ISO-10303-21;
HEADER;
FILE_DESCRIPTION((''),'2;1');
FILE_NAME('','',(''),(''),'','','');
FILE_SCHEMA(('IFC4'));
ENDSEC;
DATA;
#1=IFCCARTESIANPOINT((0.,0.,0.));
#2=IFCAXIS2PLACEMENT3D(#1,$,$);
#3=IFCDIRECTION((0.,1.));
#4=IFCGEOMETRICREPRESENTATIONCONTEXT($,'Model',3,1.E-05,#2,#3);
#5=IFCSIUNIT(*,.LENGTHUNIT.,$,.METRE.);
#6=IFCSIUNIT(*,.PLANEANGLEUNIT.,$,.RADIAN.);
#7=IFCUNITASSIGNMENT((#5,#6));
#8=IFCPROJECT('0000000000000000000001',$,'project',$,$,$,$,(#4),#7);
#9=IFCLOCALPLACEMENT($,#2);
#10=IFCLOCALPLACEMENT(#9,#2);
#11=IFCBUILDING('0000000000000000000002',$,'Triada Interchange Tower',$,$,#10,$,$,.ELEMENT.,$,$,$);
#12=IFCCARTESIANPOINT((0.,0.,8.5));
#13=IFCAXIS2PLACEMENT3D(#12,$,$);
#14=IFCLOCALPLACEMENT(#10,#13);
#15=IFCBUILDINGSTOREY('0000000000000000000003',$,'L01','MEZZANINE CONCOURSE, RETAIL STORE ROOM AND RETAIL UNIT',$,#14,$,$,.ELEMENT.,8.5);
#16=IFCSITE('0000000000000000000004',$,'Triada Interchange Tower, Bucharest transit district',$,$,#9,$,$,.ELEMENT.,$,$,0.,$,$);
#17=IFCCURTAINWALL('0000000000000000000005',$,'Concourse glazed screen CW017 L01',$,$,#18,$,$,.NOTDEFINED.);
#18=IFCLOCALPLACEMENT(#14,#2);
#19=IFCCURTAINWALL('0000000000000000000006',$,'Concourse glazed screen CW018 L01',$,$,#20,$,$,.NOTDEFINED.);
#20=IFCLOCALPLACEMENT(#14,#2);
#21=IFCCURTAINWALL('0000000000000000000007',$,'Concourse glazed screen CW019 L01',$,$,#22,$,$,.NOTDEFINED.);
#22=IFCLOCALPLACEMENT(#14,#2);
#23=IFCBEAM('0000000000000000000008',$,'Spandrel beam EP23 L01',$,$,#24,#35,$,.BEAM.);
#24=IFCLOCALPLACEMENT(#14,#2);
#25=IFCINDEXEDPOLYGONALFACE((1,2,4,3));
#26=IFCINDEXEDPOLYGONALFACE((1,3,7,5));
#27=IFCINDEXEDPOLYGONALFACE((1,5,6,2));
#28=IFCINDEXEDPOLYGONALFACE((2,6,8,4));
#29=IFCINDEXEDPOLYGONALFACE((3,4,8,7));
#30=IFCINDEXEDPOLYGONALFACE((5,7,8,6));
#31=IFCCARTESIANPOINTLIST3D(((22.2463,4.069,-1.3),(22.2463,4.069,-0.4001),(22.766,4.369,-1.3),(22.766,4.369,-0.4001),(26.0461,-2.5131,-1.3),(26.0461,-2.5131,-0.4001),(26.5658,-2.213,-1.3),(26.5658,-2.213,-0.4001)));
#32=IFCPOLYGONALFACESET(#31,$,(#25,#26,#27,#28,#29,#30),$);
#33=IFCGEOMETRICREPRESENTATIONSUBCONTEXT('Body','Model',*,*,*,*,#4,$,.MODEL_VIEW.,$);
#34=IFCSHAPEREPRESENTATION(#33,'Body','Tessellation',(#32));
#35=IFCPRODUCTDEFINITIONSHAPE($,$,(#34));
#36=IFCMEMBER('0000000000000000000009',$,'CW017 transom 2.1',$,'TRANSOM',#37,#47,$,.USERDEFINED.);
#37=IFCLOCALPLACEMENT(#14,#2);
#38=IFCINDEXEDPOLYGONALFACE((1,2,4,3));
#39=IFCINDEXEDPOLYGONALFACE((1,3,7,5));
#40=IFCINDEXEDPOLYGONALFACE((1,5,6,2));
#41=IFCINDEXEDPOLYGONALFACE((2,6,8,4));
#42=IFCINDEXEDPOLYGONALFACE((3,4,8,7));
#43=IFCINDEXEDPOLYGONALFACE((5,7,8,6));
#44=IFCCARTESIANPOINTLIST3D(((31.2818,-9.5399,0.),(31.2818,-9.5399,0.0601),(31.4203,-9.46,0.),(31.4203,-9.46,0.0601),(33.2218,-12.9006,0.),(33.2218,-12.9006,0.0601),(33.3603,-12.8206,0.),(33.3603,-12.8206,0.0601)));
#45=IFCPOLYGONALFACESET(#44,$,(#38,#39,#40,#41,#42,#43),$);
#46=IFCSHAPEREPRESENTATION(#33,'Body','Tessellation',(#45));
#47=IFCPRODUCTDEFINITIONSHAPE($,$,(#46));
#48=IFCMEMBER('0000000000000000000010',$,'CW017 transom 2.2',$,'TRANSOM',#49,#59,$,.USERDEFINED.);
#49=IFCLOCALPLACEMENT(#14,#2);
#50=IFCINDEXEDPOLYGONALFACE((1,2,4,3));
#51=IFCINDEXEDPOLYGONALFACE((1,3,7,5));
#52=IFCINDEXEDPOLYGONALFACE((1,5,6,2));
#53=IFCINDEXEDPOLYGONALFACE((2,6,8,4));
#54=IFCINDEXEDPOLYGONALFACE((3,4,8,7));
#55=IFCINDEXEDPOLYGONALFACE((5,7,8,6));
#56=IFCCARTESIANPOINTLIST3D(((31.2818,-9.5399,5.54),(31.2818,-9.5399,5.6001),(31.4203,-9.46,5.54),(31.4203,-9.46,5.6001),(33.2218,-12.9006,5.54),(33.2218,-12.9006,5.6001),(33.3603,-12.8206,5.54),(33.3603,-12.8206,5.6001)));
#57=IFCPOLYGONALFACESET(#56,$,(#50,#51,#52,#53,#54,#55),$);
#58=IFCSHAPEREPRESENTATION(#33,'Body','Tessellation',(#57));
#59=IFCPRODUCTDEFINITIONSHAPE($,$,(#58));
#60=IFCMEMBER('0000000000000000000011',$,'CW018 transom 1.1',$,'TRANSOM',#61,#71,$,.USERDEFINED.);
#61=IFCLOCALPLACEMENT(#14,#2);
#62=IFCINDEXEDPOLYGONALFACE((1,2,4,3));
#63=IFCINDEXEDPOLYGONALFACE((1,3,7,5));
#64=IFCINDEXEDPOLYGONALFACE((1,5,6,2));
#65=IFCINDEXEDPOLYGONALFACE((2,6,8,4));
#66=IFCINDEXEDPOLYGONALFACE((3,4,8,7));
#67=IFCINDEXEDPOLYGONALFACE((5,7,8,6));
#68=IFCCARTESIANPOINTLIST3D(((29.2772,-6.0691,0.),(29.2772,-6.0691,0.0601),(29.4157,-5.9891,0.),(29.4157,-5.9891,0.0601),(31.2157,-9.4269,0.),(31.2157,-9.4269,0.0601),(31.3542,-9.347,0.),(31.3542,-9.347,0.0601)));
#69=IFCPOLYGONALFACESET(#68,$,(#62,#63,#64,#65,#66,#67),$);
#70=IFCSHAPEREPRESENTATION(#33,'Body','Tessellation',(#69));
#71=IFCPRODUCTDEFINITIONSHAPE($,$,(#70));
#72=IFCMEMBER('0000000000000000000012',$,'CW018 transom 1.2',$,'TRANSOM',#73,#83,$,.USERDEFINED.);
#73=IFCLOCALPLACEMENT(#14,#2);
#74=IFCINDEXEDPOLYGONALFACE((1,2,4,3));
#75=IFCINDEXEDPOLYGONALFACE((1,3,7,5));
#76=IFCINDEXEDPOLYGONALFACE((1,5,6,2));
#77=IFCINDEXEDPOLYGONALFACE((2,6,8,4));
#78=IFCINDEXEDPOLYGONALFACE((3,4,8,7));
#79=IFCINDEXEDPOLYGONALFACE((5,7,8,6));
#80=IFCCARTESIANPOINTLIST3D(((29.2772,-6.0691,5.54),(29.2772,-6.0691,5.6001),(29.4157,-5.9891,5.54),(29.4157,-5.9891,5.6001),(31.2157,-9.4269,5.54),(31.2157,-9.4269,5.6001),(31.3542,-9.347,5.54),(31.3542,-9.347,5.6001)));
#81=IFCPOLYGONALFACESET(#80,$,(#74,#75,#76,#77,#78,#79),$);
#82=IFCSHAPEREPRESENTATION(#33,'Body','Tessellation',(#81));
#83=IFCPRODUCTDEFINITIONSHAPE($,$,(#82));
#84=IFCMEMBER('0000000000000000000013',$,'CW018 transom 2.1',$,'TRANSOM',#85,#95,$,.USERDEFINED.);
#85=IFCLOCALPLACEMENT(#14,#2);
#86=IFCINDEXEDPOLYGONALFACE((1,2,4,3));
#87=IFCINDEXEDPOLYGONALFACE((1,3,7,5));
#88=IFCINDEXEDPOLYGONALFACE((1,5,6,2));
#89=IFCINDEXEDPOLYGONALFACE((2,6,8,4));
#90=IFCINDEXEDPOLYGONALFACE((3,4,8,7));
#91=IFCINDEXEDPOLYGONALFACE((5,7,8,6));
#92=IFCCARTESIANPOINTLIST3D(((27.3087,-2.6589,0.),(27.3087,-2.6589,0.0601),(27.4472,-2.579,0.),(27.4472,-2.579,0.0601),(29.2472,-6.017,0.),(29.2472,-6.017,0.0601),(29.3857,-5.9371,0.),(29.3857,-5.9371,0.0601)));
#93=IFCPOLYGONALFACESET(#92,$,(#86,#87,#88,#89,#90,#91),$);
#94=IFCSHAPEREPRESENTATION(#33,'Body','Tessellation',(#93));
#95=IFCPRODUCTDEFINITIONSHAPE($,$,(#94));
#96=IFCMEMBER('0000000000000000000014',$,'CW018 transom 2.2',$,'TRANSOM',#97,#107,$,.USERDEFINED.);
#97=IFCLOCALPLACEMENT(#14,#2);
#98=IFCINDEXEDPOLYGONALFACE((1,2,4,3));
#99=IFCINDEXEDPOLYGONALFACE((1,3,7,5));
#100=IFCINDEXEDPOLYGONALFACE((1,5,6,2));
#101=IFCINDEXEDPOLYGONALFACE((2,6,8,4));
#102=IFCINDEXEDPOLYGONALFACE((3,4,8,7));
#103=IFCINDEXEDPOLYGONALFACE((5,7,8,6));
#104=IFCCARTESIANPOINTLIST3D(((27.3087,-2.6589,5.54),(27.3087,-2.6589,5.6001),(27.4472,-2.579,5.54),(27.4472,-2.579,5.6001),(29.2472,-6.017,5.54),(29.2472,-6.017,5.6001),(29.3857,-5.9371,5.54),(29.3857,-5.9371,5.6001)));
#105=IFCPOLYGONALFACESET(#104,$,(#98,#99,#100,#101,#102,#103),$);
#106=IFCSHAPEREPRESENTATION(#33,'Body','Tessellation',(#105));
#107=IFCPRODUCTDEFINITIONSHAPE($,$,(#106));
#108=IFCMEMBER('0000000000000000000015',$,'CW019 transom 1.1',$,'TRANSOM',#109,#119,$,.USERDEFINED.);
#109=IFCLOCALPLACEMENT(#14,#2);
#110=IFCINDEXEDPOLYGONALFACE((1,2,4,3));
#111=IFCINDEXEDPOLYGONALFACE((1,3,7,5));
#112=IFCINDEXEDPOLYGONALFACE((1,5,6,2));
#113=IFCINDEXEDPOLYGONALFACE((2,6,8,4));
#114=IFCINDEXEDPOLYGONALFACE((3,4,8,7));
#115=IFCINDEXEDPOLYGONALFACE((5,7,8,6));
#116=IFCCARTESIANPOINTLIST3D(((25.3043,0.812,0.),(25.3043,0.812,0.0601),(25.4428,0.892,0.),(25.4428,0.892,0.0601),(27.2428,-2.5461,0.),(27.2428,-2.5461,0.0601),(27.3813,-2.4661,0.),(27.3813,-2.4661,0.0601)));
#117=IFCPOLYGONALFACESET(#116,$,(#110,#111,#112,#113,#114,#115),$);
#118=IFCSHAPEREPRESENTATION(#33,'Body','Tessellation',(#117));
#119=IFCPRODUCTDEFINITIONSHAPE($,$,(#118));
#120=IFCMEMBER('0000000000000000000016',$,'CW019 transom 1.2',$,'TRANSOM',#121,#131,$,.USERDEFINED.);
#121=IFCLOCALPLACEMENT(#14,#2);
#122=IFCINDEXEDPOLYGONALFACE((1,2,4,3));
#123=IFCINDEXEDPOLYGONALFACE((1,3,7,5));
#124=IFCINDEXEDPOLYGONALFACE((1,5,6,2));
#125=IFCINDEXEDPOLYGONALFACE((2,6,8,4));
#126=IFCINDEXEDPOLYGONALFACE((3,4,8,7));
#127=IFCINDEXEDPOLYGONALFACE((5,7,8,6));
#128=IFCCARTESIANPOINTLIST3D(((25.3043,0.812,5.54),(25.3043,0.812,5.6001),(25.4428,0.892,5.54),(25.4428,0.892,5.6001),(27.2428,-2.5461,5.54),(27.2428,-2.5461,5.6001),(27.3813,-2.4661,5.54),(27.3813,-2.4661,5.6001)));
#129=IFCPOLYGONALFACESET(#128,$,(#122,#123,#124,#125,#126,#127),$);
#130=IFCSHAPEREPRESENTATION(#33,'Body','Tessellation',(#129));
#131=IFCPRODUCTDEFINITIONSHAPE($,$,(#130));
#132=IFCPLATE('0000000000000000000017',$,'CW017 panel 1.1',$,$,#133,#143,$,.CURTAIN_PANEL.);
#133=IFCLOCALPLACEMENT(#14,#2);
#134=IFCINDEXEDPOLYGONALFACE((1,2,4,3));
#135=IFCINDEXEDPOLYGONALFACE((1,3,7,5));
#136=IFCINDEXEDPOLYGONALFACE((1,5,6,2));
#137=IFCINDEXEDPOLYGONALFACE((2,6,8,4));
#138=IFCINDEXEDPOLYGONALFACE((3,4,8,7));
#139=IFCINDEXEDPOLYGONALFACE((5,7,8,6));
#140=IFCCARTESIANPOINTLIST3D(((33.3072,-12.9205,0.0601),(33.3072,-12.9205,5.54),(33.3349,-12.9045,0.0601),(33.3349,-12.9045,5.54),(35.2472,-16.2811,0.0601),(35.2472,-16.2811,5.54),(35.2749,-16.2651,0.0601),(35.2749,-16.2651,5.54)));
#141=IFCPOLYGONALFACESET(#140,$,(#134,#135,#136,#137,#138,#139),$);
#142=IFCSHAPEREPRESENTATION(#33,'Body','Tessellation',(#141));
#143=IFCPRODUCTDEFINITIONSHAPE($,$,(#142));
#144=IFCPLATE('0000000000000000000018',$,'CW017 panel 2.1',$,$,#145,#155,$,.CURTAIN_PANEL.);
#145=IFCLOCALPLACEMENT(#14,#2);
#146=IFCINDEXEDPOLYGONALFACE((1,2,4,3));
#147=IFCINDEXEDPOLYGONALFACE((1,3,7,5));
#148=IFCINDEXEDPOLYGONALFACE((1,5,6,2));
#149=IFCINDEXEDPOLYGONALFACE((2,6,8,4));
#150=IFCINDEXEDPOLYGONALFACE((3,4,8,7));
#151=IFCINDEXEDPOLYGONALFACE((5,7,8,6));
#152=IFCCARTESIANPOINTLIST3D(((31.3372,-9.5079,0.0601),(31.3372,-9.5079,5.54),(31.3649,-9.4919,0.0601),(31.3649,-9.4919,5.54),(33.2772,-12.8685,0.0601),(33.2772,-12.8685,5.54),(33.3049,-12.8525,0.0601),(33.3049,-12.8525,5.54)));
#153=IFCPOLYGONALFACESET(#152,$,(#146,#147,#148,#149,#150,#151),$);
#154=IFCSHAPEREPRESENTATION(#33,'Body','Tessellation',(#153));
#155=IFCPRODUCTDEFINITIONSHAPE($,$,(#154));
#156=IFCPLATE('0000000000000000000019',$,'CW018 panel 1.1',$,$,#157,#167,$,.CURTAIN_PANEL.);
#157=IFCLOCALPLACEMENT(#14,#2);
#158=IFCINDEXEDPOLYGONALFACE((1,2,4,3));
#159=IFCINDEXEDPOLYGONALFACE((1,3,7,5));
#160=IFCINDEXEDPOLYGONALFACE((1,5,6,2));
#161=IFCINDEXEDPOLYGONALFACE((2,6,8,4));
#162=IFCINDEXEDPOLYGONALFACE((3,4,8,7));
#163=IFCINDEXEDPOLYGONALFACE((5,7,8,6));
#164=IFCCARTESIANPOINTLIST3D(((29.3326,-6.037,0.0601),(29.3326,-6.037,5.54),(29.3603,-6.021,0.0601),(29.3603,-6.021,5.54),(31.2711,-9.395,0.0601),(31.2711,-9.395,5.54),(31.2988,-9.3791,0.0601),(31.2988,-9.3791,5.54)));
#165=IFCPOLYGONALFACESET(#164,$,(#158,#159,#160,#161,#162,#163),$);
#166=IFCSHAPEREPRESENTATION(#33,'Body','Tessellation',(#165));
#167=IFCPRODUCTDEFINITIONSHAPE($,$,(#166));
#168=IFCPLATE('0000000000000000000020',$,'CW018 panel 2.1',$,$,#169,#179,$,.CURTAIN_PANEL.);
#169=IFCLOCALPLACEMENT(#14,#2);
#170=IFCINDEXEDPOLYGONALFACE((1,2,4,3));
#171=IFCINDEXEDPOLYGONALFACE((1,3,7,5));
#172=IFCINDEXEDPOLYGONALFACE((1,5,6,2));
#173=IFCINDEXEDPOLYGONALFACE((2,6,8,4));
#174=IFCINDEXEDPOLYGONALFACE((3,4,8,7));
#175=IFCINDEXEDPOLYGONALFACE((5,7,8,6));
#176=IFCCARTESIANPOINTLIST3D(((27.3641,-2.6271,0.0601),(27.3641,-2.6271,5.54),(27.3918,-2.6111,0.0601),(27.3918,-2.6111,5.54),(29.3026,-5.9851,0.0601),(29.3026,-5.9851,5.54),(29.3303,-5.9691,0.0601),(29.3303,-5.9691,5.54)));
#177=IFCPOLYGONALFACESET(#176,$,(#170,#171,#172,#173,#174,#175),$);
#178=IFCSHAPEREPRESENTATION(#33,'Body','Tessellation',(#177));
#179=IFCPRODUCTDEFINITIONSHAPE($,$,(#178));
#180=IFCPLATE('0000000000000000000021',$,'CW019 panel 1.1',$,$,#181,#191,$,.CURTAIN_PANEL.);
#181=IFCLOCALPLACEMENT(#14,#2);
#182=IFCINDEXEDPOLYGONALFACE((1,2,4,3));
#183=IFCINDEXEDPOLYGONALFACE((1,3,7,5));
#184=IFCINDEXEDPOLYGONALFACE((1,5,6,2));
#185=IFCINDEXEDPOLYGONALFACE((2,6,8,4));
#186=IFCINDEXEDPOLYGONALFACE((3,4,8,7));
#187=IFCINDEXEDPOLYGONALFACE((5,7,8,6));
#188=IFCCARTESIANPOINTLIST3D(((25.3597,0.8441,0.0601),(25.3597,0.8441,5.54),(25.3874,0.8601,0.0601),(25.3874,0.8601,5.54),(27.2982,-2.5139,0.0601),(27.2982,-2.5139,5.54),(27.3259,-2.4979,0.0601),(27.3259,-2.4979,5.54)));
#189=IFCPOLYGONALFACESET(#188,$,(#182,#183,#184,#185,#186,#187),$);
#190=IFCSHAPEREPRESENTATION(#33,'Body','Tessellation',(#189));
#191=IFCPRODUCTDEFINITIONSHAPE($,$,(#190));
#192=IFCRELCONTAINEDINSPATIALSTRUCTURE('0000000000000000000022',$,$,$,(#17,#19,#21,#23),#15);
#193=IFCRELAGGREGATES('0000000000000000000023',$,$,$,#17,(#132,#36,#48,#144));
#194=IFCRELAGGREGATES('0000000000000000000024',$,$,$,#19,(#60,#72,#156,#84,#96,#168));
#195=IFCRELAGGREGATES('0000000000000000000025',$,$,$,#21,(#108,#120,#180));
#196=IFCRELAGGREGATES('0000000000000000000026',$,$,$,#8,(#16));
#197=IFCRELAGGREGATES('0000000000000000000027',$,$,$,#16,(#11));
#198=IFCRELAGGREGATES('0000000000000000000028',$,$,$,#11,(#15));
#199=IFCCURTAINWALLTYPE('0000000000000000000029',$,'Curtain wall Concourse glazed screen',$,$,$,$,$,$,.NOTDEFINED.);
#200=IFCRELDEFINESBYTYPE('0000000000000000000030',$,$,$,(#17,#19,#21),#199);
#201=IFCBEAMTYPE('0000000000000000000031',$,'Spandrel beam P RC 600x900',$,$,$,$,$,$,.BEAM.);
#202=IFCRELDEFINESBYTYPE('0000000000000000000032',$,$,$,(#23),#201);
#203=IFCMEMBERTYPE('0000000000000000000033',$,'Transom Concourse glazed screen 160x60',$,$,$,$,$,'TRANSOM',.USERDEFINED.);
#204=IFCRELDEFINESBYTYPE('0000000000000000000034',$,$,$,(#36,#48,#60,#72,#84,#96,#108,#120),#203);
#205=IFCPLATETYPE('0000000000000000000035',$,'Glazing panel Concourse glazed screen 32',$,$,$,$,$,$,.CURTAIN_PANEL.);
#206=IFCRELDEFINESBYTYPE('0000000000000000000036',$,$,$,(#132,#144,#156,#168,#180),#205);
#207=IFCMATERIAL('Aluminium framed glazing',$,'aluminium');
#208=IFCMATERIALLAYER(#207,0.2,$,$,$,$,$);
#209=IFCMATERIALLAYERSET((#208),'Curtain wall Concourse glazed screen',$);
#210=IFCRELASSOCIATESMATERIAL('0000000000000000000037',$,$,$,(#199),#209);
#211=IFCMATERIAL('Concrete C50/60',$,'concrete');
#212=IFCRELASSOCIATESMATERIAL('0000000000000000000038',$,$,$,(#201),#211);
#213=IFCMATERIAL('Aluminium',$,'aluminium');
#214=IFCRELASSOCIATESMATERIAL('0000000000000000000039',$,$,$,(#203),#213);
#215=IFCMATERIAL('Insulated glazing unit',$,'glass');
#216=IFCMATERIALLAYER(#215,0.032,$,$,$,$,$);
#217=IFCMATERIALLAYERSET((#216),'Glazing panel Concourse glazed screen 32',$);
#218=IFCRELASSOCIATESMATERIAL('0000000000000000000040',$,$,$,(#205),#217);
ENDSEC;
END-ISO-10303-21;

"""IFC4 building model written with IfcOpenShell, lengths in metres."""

from ifc_helpers import new_model, si_unit, direction, frame, origin, origin_2d, place, context, subcontext, project, spatial, rectangle, extrude, material, layer, layer_set, material_profile, profile_set, type_object, element, aggregate, save


model = new_model("IFC4")

# Units and contexts
model_context = context("Model", 3, precision=1e-05, world=origin(), true_north=direction((0.0, 1.0)))
body_context = subcontext(model_context, "Body", "Model", "MODEL_VIEW")
ifc_project = project(units=[si_unit("LENGTHUNIT", "METRE"), si_unit("PLANEANGLEUNIT", "RADIAN")], contexts=[model_context])

# Site, building, storey
site_placement = place(None, origin())
site = spatial("IfcSite", under=ifc_project, at=site_placement, Name="Triada Interchange Tower, Bucharest transit district", CompositionType="ELEMENT", RefElevation=0.0)
building_placement = place(site_placement, origin())
building = spatial("IfcBuilding", under=site, at=building_placement, Name="Triada Interchange Tower", CompositionType="ELEMENT")
storey_placement = place(building_placement, frame((0.0, 0.0, 8.5)))
storey = spatial("IfcBuildingStorey", under=building, at=storey_placement, Name="L01", Description="MEZZANINE CONCOURSE, RETAIL STORE ROOM AND RETAIL UNIT", CompositionType="ELEMENT", Elevation=8.5)

# Curtain walls
ifc_material_1 = material(Name="Aluminium framed glazing", Category="aluminium")
ifc_layer_1 = layer(ifc_material_1, 0.2)
ifc_layer_set_1 = layer_set([ifc_layer_1], Name="Curtain wall Concourse glazed screen")
curtain_wall_type = type_object("IfcCurtainWallType", Name="Curtain wall Concourse glazed screen", PredefinedType="NOTDEFINED", material=ifc_layer_set_1)
curtain_wall_1_placement = place(storey_placement, origin())
curtain_wall_1 = element("IfcCurtainWall", 1, at=curtain_wall_1_placement, inside=storey, type_object=curtain_wall_type, Name="Concourse glazed screen CW017 L01", PredefinedType="NOTDEFINED")
ifc_material_2 = material(Name="Aluminium", Category="aluminium")
curtain_wall_2_placement = place(storey_placement, origin())
curtain_wall_2 = element("IfcCurtainWall", 2, at=curtain_wall_2_placement, inside=storey, type_object=curtain_wall_type, Name="Concourse glazed screen CW018 L01", PredefinedType="NOTDEFINED")

# Curtain wall
curtain_wall_3_placement = place(storey_placement, origin())
curtain_wall_3 = element("IfcCurtainWall", 3, at=curtain_wall_3_placement, inside=storey, type_object=curtain_wall_type, Name="Concourse glazed screen CW019 L01", PredefinedType="NOTDEFINED")

# Beam
ifc_material_3 = material(Name="Concrete C50/60", Category="concrete")
ifc_material_profile_1 = material_profile(ifc_material_3, rectangle(XDim=0.6001, YDim=0.8999, at=origin_2d()), Name="RC 600x900")
ifc_profile_set_1 = profile_set([ifc_material_profile_1], Name="Concrete C50/60")
beam_type_1 = type_object("IfcBeamType", Name="Spandrel beam P RC 600x900", PredefinedType="BEAM", material=ifc_profile_set_1)
beam_1_placement = place(storey_placement, frame((26.3059, -2.363, -0.8501), z_axis=(-0.499967, 0.866044, 0.0), x_axis=(-0.866044, -0.499967, 0.0)))
element("IfcBeam", 4, at=beam_1_placement, inside=storey, type_object=beam_type_1, Name="Spandrel beam EP23 L01", PredefinedType="BEAM", context=body_context, shape_type="SweptSolid", body=[
    extrude(rectangle(XDim=0.6001, YDim=0.8999, at=origin_2d()), origin(), (0.0, 0.0, 1.0), 7.6001),
])

# Members
ifc_material_profile_2 = material_profile(ifc_material_2, rectangle(XDim=0.1599, YDim=0.0601, at=origin_2d()), Name="Aluminium transom")
ifc_profile_set_2 = profile_set([ifc_material_profile_2], Name="Aluminium")
member_type_1 = type_object("IfcMemberType", Name="Transom Concourse glazed screen 160x60", ElementType="TRANSOM", PredefinedType="USERDEFINED", material=ifc_profile_set_2)
member_1_placement = place(storey_placement, frame((33.291, -12.8606, 0.03), z_axis=(-0.499942, 0.866059, 0.0), x_axis=(-0.866059, -0.499942, 0.0)))
member_1 = element("IfcMember", 5, at=member_1_placement, type_object=member_type_1, Name="CW017 transom 2.1", ObjectType="TRANSOM", PredefinedType="USERDEFINED", context=body_context, shape_type="SweptSolid", body=[
    extrude(rectangle(XDim=0.1599, YDim=0.0601, at=origin_2d()), origin(), (0.0, 0.0, 1.0), 3.8804),
])
member_2_placement = place(storey_placement, frame((33.291, -12.8606, 5.5701), z_axis=(-0.499942, 0.866059, 0.0), x_axis=(-0.866059, -0.499942, 0.0)))
member_2 = element("IfcMember", 6, at=member_2_placement, type_object=member_type_1, Name="CW017 transom 2.2", ObjectType="TRANSOM", PredefinedType="USERDEFINED", context=body_context, shape_type="SweptSolid", body=[
    extrude(rectangle(XDim=0.1599, YDim=0.0601, at=origin_2d()), origin(), (0.0, 0.0, 1.0), 3.8804),
])
member_3_placement = place(storey_placement, frame((31.2849, -9.387, 0.03), z_axis=(-0.499959, 0.866049, 0.0), x_axis=(-0.866049, -0.499959, 0.0)))
member_3 = element("IfcMember", 7, at=member_3_placement, type_object=member_type_1, Name="CW018 transom 1.1", ObjectType="TRANSOM", PredefinedType="USERDEFINED", context=body_context, shape_type="SweptSolid", body=[
    extrude(rectangle(XDim=0.1599, YDim=0.0601, at=origin_2d()), origin(), (0.0, 0.0, 1.0), 3.8772),
])
member_4_placement = place(storey_placement, frame((31.2849, -9.387, 5.5701), z_axis=(-0.499959, 0.866049, 0.0), x_axis=(-0.866049, -0.499959, 0.0)))
member_4 = element("IfcMember", 8, at=member_4_placement, type_object=member_type_1, Name="CW018 transom 1.2", ObjectType="TRANSOM", PredefinedType="USERDEFINED", context=body_context, shape_type="SweptSolid", body=[
    extrude(rectangle(XDim=0.1599, YDim=0.0601, at=origin_2d()), origin(), (0.0, 0.0, 1.0), 3.8772),
])
member_5_placement = place(storey_placement, frame((29.3164, -5.9771, 0.03), z_axis=(-0.499931, 0.866065, 0.0), x_axis=(-0.866065, -0.499931, 0.0)))
member_5 = element("IfcMember", 9, at=member_5_placement, type_object=member_type_1, Name="CW018 transom 2.1", ObjectType="TRANSOM", PredefinedType="USERDEFINED", context=body_context, shape_type="SweptSolid", body=[
    extrude(rectangle(XDim=0.1599, YDim=0.0601, at=origin_2d()), origin(), (0.0, 0.0, 1.0), 3.8774),
])
member_6_placement = place(storey_placement, frame((29.3164, -5.9771, 5.5701), z_axis=(-0.499931, 0.866065, 0.0), x_axis=(-0.866065, -0.499931, 0.0)))
member_6 = element("IfcMember", 10, at=member_6_placement, type_object=member_type_1, Name="CW018 transom 2.2", ObjectType="TRANSOM", PredefinedType="USERDEFINED", context=body_context, shape_type="SweptSolid", body=[
    extrude(rectangle(XDim=0.1599, YDim=0.0601, at=origin_2d()), origin(), (0.0, 0.0, 1.0), 3.8774),
])
member_7_placement = place(storey_placement, frame((27.312, -2.5061, 0.03), z_axis=(-0.499931, 0.866065, 0.0), x_axis=(-0.866065, -0.499931, 0.0)))
member_7 = element("IfcMember", 11, at=member_7_placement, type_object=member_type_1, Name="CW019 transom 1.1", ObjectType="TRANSOM", PredefinedType="USERDEFINED", context=body_context, shape_type="SweptSolid", body=[
    extrude(rectangle(XDim=0.1599, YDim=0.0601, at=origin_2d()), origin(), (0.0, 0.0, 1.0), 3.8774),
])
member_8_placement = place(storey_placement, frame((27.312, -2.5061, 5.5701), z_axis=(-0.499931, 0.866065, 0.0), x_axis=(-0.866065, -0.499931, 0.0)))
member_8 = element("IfcMember", 12, at=member_8_placement, type_object=member_type_1, Name="CW019 transom 1.2", ObjectType="TRANSOM", PredefinedType="USERDEFINED", context=body_context, shape_type="SweptSolid", body=[
    extrude(rectangle(XDim=0.1599, YDim=0.0601, at=origin_2d()), origin(), (0.0, 0.0, 1.0), 3.8774),
])

# Plates
ifc_material_4 = material(Name="Insulated glazing unit", Category="glass")
ifc_layer_2 = layer(ifc_material_4, 0.032)
ifc_layer_set_2 = layer_set([ifc_layer_2], Name="Glazing panel Concourse glazed screen 32")
plate_type = type_object("IfcPlateType", Name="Glazing panel Concourse glazed screen 32", PredefinedType="CURTAIN_PANEL", material=ifc_layer_set_2)
plate_1_placement = place(storey_placement, frame((34.291, -14.5928, 0.0601), z_axis=(0.0, 0.0, 1.0), x_axis=(-0.499959, 0.866049, 0.0)))
plate_1 = element("IfcPlate", 13, at=plate_1_placement, type_object=plate_type, Name="CW017 panel 1.1", PredefinedType="CURTAIN_PANEL", context=body_context, shape_type="SweptSolid", body=[
    extrude(rectangle(XDim=3.8804, YDim=0.032, at=origin_2d()), origin(), (0.0, 0.0, 1.0), 5.48),
])
plate_2_placement = place(storey_placement, frame((32.321, -11.1802, 0.0601), z_axis=(0.0, 0.0, 1.0), x_axis=(-0.499959, 0.866049, 0.0)))
plate_2 = element("IfcPlate", 14, at=plate_2_placement, type_object=plate_type, Name="CW017 panel 2.1", PredefinedType="CURTAIN_PANEL", context=body_context, shape_type="SweptSolid", body=[
    extrude(rectangle(XDim=3.8804, YDim=0.032, at=origin_2d()), origin(), (0.0, 0.0, 1.0), 5.48),
])
aggregate(curtain_wall_1, [plate_1, member_1, member_2, plate_2])
plate_3_placement = place(storey_placement, frame((30.3157, -7.708, 0.0601), z_axis=(0.0, 0.0, 1.0), x_axis=(-0.499948, 0.866055, 0.0)))
plate_3 = element("IfcPlate", 15, at=plate_3_placement, type_object=plate_type, Name="CW018 panel 1.1", PredefinedType="CURTAIN_PANEL", context=body_context, shape_type="SweptSolid", body=[
    extrude(rectangle(XDim=3.8774, YDim=0.032, at=origin_2d()), origin(), (0.0, 0.0, 1.0), 5.48),
])
plate_4_placement = place(storey_placement, frame((28.3472, -4.2981, 0.0601), z_axis=(0.0, 0.0, 1.0), x_axis=(-0.499948, 0.866055, 0.0)))
plate_4 = element("IfcPlate", 16, at=plate_4_placement, type_object=plate_type, Name="CW018 panel 2.1", PredefinedType="CURTAIN_PANEL", context=body_context, shape_type="SweptSolid", body=[
    extrude(rectangle(XDim=3.8774, YDim=0.032, at=origin_2d()), origin(), (0.0, 0.0, 1.0), 5.48),
])
aggregate(curtain_wall_2, [member_3, member_4, plate_3, member_5, member_6, plate_4])
plate_5_placement = place(storey_placement, frame((26.3428, -0.8269, 0.0601), z_axis=(0.0, 0.0, 1.0), x_axis=(-0.499948, 0.866055, 0.0)))
plate_5 = element("IfcPlate", 17, at=plate_5_placement, type_object=plate_type, Name="CW019 panel 1.1", PredefinedType="CURTAIN_PANEL", context=body_context, shape_type="SweptSolid", body=[
    extrude(rectangle(XDim=3.8774, YDim=0.032, at=origin_2d()), origin(), (0.0, 0.0, 1.0), 5.48),
])
aggregate(curtain_wall_3, [member_7, member_8, plate_5])

save(model, "model.ifc")
